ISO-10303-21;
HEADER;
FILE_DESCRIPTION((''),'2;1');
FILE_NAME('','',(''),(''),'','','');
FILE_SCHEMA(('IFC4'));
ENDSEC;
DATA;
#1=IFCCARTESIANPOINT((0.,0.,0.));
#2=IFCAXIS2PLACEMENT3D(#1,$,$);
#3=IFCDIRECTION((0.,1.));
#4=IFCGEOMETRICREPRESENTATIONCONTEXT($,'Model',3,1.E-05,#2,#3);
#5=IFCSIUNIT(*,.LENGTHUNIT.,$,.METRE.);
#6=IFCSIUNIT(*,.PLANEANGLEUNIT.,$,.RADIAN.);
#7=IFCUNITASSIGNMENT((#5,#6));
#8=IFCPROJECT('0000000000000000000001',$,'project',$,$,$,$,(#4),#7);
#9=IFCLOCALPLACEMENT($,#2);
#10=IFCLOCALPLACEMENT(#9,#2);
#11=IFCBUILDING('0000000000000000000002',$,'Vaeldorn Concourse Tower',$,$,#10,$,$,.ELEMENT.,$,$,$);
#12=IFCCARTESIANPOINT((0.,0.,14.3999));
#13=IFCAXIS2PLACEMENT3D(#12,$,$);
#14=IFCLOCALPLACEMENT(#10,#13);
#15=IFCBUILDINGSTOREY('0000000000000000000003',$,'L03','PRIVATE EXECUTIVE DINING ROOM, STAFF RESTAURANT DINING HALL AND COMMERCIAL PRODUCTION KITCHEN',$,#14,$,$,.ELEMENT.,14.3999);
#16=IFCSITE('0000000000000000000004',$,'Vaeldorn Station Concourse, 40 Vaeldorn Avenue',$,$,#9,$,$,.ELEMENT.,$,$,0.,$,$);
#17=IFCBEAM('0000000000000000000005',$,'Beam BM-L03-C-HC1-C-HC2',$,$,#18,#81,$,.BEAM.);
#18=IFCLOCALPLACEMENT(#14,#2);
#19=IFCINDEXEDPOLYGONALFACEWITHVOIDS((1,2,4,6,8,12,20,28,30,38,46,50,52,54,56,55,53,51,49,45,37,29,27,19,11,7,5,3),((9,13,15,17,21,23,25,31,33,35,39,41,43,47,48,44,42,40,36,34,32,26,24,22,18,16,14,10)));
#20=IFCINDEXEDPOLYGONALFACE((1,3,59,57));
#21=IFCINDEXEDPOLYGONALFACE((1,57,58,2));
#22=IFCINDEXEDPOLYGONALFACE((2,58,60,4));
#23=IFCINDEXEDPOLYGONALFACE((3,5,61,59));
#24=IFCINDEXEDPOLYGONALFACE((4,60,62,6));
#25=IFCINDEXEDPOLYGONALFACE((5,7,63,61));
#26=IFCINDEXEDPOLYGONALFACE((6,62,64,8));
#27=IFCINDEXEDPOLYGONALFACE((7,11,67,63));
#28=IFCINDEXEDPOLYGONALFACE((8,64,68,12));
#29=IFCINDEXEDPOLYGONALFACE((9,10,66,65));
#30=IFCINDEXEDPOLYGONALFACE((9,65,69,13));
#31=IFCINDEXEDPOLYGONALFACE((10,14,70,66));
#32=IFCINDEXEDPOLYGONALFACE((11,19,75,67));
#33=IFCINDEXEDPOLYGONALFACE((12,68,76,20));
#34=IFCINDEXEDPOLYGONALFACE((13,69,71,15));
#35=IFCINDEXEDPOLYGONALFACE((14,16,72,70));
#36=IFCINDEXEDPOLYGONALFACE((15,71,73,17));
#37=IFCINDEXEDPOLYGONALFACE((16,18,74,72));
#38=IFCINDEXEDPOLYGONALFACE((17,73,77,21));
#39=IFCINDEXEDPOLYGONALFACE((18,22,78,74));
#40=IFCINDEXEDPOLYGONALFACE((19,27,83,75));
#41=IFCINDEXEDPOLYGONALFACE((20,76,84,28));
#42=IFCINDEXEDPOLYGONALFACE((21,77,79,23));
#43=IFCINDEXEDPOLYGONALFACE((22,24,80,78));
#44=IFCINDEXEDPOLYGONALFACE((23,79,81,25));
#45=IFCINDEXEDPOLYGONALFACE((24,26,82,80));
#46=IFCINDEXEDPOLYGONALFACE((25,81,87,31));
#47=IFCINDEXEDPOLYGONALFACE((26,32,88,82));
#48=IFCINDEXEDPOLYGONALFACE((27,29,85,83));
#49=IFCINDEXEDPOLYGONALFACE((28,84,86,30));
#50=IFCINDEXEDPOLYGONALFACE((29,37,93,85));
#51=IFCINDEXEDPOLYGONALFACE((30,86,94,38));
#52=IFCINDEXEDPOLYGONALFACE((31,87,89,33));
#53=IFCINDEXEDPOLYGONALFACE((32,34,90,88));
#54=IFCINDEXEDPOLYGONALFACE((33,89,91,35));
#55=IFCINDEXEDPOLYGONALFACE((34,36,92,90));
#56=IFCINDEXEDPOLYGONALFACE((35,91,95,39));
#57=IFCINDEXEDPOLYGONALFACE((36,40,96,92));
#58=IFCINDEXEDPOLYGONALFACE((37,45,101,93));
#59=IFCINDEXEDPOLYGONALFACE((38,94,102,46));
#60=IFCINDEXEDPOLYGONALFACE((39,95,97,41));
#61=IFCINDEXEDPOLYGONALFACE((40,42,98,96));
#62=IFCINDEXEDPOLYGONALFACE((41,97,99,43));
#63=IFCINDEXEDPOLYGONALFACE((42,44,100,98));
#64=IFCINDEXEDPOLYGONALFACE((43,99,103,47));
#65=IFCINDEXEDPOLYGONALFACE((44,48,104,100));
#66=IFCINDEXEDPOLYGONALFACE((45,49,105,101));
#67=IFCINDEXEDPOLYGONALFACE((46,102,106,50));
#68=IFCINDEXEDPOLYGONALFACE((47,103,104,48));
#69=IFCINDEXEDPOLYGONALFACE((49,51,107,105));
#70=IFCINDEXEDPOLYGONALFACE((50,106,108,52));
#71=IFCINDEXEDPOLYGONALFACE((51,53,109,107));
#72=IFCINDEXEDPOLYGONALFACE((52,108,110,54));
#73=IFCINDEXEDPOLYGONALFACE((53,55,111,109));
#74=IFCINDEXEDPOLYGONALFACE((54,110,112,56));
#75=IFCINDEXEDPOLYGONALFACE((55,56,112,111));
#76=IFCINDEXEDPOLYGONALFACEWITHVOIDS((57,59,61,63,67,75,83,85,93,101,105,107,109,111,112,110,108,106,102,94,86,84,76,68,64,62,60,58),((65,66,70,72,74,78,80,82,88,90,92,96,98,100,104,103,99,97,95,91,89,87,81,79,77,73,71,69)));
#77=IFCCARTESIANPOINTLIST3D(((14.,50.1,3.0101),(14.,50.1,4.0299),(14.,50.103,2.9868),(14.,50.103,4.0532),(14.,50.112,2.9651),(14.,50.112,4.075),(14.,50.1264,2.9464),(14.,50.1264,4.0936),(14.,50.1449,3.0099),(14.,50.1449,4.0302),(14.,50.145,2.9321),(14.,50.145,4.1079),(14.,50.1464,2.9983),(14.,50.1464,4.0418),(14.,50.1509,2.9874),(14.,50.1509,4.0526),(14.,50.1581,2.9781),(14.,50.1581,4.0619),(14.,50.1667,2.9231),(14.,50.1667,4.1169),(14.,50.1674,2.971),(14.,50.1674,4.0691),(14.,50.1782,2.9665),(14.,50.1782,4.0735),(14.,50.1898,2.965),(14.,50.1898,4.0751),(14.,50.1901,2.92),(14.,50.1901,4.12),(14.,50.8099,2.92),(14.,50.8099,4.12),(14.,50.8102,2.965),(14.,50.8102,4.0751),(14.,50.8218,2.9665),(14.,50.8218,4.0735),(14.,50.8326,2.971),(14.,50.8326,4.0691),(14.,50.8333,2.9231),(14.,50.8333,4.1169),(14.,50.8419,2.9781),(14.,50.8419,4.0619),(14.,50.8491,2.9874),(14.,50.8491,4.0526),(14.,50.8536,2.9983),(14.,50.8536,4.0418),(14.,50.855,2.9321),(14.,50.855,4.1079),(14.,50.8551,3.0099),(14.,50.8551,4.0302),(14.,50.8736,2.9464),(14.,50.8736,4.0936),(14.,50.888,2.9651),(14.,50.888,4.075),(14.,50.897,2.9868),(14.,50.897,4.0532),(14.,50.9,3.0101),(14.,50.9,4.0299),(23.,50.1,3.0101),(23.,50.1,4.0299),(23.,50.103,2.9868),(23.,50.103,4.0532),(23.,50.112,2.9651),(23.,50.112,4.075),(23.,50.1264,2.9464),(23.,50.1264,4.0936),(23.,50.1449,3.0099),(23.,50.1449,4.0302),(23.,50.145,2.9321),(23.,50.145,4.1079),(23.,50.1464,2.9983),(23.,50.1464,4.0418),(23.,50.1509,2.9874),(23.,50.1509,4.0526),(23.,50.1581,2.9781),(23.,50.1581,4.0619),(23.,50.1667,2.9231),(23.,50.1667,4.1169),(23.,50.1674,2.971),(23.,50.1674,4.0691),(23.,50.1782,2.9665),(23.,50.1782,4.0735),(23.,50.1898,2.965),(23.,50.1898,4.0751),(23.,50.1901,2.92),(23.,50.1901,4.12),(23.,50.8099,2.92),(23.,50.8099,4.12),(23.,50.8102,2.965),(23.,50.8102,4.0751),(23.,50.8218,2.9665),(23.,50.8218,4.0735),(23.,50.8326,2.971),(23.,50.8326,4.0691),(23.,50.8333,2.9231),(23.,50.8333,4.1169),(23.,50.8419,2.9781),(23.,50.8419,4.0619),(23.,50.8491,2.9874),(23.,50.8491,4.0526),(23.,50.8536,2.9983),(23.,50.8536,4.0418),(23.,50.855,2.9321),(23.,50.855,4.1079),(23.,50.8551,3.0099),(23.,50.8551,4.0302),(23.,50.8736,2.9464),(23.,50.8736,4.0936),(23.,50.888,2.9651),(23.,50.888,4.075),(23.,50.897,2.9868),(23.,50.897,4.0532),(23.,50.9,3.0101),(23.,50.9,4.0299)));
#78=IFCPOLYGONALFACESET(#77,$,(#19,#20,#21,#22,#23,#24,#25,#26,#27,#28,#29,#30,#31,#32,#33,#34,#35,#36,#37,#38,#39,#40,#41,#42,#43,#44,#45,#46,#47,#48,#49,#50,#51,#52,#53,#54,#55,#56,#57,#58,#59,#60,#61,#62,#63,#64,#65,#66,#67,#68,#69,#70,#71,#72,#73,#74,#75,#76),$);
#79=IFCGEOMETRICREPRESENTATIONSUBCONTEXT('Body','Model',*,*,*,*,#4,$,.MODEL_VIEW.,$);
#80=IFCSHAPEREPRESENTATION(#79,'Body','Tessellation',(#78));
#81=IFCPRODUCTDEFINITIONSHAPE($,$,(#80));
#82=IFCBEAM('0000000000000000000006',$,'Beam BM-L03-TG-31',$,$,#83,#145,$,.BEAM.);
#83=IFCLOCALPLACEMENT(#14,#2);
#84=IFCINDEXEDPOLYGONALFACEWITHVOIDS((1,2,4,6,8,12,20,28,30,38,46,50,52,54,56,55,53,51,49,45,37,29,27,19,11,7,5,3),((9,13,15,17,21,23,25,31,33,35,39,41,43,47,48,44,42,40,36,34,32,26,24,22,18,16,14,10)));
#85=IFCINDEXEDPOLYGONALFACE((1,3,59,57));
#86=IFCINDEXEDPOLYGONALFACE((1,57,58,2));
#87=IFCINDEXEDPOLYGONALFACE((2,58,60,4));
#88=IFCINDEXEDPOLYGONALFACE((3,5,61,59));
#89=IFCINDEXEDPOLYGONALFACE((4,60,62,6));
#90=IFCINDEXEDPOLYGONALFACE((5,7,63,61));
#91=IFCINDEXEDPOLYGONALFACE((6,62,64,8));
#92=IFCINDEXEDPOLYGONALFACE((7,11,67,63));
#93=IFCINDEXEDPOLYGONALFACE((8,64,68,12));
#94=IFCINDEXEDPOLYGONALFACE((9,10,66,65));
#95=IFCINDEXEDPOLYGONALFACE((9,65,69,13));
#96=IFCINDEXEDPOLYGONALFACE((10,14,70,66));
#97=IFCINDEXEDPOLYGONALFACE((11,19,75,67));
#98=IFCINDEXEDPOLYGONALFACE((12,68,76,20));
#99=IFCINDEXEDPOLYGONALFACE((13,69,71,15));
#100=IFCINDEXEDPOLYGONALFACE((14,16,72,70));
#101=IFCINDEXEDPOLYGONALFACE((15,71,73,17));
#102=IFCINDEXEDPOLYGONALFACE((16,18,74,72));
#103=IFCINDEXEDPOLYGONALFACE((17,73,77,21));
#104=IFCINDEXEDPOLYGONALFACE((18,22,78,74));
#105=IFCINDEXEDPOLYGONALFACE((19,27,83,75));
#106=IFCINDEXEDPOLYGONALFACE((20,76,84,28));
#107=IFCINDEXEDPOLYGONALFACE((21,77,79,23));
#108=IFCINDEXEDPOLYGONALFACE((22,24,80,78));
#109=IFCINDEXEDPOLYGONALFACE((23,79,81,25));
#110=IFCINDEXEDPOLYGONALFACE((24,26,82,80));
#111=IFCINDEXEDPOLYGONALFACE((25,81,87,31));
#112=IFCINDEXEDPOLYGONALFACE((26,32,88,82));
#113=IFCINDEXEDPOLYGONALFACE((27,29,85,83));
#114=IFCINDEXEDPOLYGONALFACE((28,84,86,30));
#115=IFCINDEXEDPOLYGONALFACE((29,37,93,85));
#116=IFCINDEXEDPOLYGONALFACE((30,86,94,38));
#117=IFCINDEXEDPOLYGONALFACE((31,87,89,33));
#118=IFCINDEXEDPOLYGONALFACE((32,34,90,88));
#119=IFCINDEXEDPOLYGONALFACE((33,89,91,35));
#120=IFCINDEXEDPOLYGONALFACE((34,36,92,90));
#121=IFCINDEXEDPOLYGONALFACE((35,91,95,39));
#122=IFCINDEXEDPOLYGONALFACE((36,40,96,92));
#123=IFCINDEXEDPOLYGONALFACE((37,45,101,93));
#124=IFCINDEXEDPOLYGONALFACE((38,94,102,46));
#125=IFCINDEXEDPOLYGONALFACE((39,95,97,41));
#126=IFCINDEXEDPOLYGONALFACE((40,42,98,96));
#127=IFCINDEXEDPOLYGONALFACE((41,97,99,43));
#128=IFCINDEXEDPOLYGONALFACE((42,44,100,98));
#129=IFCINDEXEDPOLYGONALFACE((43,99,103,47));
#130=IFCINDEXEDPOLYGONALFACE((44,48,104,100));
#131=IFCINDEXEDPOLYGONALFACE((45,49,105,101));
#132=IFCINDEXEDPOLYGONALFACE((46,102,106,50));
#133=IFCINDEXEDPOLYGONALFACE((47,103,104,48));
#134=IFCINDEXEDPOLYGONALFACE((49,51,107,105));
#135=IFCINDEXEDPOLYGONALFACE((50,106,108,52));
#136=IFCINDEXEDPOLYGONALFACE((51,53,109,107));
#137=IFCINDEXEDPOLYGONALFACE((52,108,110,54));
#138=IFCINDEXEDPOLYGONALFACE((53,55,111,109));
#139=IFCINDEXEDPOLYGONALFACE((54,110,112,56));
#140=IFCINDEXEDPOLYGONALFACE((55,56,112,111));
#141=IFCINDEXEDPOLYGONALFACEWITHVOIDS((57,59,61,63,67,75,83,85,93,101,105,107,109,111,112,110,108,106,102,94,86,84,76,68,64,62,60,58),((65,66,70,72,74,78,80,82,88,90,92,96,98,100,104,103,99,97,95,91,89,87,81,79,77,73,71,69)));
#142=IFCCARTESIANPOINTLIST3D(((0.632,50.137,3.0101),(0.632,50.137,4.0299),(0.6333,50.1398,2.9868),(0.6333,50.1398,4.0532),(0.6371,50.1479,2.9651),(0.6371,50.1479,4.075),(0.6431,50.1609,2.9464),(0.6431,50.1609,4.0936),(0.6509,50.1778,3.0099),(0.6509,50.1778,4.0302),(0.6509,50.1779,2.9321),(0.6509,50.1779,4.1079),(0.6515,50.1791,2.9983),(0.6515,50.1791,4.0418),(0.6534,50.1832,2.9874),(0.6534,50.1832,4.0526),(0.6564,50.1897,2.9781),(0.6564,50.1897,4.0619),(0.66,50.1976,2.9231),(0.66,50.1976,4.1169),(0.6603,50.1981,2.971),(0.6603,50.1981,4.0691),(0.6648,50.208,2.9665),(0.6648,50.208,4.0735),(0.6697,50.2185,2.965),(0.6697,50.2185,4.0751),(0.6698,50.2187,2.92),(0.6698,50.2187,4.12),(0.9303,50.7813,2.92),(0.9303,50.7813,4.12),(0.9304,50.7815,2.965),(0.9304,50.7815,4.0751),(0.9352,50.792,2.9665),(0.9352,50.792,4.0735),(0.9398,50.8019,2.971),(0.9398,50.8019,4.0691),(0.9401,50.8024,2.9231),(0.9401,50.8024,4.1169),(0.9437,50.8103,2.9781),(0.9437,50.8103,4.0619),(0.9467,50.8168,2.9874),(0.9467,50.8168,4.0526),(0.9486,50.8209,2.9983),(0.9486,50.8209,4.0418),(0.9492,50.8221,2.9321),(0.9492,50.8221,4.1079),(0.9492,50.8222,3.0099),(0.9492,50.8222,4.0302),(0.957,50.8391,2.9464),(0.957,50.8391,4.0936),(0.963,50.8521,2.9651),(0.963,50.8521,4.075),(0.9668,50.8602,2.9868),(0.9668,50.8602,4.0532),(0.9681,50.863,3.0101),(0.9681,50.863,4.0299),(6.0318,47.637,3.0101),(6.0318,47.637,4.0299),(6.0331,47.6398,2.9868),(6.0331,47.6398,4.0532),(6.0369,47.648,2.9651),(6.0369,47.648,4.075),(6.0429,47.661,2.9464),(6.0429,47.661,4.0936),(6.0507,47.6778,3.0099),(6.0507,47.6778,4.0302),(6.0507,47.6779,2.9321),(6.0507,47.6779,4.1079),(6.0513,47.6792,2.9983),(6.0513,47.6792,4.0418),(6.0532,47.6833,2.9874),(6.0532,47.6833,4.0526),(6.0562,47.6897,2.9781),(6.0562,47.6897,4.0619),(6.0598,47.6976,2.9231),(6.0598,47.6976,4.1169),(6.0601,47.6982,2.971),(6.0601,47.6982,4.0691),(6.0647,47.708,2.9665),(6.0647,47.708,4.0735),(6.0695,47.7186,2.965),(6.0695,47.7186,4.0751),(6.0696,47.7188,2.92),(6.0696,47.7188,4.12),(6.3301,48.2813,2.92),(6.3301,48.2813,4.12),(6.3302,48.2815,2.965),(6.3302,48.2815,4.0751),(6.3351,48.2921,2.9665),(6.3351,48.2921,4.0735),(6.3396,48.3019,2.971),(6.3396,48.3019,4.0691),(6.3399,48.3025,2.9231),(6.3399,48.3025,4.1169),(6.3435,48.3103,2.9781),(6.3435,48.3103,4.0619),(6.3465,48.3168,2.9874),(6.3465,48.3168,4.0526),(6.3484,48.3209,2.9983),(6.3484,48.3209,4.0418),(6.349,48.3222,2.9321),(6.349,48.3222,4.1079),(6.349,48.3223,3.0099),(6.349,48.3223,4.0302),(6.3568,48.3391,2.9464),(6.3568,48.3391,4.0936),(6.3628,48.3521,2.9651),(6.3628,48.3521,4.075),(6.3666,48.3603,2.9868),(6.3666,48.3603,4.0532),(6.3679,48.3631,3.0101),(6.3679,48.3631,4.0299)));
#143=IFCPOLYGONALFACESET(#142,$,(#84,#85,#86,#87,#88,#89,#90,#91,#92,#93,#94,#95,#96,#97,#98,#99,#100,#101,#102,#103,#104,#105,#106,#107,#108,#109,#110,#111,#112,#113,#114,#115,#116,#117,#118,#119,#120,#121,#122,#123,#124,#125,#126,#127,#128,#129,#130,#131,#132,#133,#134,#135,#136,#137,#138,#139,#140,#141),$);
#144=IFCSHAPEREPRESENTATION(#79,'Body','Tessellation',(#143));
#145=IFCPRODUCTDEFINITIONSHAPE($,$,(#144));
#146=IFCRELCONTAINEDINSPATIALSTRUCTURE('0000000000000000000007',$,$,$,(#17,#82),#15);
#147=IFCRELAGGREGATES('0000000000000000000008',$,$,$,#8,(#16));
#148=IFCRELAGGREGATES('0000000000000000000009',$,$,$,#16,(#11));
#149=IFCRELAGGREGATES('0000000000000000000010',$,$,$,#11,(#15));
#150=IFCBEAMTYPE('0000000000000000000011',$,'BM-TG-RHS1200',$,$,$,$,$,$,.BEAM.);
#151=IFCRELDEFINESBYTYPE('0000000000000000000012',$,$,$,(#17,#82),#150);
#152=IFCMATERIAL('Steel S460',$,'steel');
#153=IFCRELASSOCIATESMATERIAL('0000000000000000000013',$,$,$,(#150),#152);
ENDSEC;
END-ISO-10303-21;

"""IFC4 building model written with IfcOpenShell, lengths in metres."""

from ifc_helpers import new_model, si_unit, direction, frame, origin, origin_2d, place, context, subcontext, project, spatial, hollow_rectangle, extrude, source, transform, mapped, material, material_profile, profile_set, type_object, element, save


model = new_model("IFC4")

# Units and contexts
model_context = context("Model", 3, precision=1e-05, world=origin(), true_north=direction((0.0, 1.0)))
body_context = subcontext(model_context, "Body", "Model", "MODEL_VIEW")
ifc_project = project(units=[si_unit("LENGTHUNIT", "METRE"), si_unit("PLANEANGLEUNIT", "RADIAN")], contexts=[model_context])

# Site, building, storey
site_placement = place(None, origin())
site = spatial("IfcSite", under=ifc_project, at=site_placement, Name="Vaeldorn Station Concourse, 40 Vaeldorn Avenue", CompositionType="ELEMENT", RefElevation=0.0)
building_placement = place(site_placement, origin())
building = spatial("IfcBuilding", under=site, at=building_placement, Name="Vaeldorn Concourse Tower", CompositionType="ELEMENT")
storey_placement = place(building_placement, frame((0.0, 0.0, 14.3999)))
storey = spatial("IfcBuildingStorey", under=building, at=storey_placement, Name="L03", Description="PRIVATE EXECUTIVE DINING ROOM, STAFF RESTAURANT DINING HALL AND COMMERCIAL PRODUCTION KITCHEN", CompositionType="ELEMENT", Elevation=14.3999)

# Shared definitions
ifc_material_1 = material(Name="Steel S460", Category="steel")

# Beams
ifc_material_profile_1 = material_profile(ifc_material_1, hollow_rectangle(XDim=0.8, YDim=1.2, WallThickness=0.0449, InnerFilletRadius=0.0449, OuterFilletRadius=0.0901, at=origin_2d()), Name="RHS 1200x800x45")
ifc_profile_set_1 = profile_set([ifc_material_profile_1], Name="Steel S460")
beam_type = type_object("IfcBeamType", Name="BM-TG-RHS1200", PredefinedType="BEAM", material=ifc_profile_set_1)
shared_shape_1 = source(origin(), body_context, "Body", "SweptSolid", [
    extrude(hollow_rectangle(XDim=0.8, YDim=1.2, WallThickness=0.0449, InnerFilletRadius=0.0449, OuterFilletRadius=0.0901, at=origin_2d()), origin(), (0.0, 0.0, 1.0), 9.0),
])
beam_1_placement = place(storey_placement, frame((14.0, 50.5, 3.52), z_axis=(1.0, 0.0, 0.0), x_axis=(0.0, 1.0, 0.0)))
element("IfcBeam", 1, at=beam_1_placement, inside=storey, type_object=beam_type, Name="Beam BM-L03-C-HC1-C-HC2", PredefinedType="BEAM", context=body_context, shape_type="MappedRepresentation", body=[
    mapped(shared_shape_1, transform((0.0, 0.0, 0.0), scale=1.0)),
])
shared_shape_2 = source(origin(), body_context, "Body", "SweptSolid", [
    extrude(hollow_rectangle(XDim=0.8, YDim=1.2, WallThickness=0.0449, InnerFilletRadius=0.0449, OuterFilletRadius=0.0901, at=origin_2d()), origin(), (0.0, 0.0, 1.0), 5.9504),
])
beam_2_placement = place(storey_placement, frame((0.8, 50.5, 3.52), z_axis=(0.907464, -0.42013, 0.0), x_axis=(0.42013, 0.907464, 0.0)))
element("IfcBeam", 2, at=beam_2_placement, inside=storey, type_object=beam_type, Name="Beam BM-L03-TG-31", PredefinedType="BEAM", context=body_context, shape_type="MappedRepresentation", body=[
    mapped(shared_shape_2, transform((0.0, 0.0, 0.0), scale=1.0)),
])

save(model, "model.ifc")
